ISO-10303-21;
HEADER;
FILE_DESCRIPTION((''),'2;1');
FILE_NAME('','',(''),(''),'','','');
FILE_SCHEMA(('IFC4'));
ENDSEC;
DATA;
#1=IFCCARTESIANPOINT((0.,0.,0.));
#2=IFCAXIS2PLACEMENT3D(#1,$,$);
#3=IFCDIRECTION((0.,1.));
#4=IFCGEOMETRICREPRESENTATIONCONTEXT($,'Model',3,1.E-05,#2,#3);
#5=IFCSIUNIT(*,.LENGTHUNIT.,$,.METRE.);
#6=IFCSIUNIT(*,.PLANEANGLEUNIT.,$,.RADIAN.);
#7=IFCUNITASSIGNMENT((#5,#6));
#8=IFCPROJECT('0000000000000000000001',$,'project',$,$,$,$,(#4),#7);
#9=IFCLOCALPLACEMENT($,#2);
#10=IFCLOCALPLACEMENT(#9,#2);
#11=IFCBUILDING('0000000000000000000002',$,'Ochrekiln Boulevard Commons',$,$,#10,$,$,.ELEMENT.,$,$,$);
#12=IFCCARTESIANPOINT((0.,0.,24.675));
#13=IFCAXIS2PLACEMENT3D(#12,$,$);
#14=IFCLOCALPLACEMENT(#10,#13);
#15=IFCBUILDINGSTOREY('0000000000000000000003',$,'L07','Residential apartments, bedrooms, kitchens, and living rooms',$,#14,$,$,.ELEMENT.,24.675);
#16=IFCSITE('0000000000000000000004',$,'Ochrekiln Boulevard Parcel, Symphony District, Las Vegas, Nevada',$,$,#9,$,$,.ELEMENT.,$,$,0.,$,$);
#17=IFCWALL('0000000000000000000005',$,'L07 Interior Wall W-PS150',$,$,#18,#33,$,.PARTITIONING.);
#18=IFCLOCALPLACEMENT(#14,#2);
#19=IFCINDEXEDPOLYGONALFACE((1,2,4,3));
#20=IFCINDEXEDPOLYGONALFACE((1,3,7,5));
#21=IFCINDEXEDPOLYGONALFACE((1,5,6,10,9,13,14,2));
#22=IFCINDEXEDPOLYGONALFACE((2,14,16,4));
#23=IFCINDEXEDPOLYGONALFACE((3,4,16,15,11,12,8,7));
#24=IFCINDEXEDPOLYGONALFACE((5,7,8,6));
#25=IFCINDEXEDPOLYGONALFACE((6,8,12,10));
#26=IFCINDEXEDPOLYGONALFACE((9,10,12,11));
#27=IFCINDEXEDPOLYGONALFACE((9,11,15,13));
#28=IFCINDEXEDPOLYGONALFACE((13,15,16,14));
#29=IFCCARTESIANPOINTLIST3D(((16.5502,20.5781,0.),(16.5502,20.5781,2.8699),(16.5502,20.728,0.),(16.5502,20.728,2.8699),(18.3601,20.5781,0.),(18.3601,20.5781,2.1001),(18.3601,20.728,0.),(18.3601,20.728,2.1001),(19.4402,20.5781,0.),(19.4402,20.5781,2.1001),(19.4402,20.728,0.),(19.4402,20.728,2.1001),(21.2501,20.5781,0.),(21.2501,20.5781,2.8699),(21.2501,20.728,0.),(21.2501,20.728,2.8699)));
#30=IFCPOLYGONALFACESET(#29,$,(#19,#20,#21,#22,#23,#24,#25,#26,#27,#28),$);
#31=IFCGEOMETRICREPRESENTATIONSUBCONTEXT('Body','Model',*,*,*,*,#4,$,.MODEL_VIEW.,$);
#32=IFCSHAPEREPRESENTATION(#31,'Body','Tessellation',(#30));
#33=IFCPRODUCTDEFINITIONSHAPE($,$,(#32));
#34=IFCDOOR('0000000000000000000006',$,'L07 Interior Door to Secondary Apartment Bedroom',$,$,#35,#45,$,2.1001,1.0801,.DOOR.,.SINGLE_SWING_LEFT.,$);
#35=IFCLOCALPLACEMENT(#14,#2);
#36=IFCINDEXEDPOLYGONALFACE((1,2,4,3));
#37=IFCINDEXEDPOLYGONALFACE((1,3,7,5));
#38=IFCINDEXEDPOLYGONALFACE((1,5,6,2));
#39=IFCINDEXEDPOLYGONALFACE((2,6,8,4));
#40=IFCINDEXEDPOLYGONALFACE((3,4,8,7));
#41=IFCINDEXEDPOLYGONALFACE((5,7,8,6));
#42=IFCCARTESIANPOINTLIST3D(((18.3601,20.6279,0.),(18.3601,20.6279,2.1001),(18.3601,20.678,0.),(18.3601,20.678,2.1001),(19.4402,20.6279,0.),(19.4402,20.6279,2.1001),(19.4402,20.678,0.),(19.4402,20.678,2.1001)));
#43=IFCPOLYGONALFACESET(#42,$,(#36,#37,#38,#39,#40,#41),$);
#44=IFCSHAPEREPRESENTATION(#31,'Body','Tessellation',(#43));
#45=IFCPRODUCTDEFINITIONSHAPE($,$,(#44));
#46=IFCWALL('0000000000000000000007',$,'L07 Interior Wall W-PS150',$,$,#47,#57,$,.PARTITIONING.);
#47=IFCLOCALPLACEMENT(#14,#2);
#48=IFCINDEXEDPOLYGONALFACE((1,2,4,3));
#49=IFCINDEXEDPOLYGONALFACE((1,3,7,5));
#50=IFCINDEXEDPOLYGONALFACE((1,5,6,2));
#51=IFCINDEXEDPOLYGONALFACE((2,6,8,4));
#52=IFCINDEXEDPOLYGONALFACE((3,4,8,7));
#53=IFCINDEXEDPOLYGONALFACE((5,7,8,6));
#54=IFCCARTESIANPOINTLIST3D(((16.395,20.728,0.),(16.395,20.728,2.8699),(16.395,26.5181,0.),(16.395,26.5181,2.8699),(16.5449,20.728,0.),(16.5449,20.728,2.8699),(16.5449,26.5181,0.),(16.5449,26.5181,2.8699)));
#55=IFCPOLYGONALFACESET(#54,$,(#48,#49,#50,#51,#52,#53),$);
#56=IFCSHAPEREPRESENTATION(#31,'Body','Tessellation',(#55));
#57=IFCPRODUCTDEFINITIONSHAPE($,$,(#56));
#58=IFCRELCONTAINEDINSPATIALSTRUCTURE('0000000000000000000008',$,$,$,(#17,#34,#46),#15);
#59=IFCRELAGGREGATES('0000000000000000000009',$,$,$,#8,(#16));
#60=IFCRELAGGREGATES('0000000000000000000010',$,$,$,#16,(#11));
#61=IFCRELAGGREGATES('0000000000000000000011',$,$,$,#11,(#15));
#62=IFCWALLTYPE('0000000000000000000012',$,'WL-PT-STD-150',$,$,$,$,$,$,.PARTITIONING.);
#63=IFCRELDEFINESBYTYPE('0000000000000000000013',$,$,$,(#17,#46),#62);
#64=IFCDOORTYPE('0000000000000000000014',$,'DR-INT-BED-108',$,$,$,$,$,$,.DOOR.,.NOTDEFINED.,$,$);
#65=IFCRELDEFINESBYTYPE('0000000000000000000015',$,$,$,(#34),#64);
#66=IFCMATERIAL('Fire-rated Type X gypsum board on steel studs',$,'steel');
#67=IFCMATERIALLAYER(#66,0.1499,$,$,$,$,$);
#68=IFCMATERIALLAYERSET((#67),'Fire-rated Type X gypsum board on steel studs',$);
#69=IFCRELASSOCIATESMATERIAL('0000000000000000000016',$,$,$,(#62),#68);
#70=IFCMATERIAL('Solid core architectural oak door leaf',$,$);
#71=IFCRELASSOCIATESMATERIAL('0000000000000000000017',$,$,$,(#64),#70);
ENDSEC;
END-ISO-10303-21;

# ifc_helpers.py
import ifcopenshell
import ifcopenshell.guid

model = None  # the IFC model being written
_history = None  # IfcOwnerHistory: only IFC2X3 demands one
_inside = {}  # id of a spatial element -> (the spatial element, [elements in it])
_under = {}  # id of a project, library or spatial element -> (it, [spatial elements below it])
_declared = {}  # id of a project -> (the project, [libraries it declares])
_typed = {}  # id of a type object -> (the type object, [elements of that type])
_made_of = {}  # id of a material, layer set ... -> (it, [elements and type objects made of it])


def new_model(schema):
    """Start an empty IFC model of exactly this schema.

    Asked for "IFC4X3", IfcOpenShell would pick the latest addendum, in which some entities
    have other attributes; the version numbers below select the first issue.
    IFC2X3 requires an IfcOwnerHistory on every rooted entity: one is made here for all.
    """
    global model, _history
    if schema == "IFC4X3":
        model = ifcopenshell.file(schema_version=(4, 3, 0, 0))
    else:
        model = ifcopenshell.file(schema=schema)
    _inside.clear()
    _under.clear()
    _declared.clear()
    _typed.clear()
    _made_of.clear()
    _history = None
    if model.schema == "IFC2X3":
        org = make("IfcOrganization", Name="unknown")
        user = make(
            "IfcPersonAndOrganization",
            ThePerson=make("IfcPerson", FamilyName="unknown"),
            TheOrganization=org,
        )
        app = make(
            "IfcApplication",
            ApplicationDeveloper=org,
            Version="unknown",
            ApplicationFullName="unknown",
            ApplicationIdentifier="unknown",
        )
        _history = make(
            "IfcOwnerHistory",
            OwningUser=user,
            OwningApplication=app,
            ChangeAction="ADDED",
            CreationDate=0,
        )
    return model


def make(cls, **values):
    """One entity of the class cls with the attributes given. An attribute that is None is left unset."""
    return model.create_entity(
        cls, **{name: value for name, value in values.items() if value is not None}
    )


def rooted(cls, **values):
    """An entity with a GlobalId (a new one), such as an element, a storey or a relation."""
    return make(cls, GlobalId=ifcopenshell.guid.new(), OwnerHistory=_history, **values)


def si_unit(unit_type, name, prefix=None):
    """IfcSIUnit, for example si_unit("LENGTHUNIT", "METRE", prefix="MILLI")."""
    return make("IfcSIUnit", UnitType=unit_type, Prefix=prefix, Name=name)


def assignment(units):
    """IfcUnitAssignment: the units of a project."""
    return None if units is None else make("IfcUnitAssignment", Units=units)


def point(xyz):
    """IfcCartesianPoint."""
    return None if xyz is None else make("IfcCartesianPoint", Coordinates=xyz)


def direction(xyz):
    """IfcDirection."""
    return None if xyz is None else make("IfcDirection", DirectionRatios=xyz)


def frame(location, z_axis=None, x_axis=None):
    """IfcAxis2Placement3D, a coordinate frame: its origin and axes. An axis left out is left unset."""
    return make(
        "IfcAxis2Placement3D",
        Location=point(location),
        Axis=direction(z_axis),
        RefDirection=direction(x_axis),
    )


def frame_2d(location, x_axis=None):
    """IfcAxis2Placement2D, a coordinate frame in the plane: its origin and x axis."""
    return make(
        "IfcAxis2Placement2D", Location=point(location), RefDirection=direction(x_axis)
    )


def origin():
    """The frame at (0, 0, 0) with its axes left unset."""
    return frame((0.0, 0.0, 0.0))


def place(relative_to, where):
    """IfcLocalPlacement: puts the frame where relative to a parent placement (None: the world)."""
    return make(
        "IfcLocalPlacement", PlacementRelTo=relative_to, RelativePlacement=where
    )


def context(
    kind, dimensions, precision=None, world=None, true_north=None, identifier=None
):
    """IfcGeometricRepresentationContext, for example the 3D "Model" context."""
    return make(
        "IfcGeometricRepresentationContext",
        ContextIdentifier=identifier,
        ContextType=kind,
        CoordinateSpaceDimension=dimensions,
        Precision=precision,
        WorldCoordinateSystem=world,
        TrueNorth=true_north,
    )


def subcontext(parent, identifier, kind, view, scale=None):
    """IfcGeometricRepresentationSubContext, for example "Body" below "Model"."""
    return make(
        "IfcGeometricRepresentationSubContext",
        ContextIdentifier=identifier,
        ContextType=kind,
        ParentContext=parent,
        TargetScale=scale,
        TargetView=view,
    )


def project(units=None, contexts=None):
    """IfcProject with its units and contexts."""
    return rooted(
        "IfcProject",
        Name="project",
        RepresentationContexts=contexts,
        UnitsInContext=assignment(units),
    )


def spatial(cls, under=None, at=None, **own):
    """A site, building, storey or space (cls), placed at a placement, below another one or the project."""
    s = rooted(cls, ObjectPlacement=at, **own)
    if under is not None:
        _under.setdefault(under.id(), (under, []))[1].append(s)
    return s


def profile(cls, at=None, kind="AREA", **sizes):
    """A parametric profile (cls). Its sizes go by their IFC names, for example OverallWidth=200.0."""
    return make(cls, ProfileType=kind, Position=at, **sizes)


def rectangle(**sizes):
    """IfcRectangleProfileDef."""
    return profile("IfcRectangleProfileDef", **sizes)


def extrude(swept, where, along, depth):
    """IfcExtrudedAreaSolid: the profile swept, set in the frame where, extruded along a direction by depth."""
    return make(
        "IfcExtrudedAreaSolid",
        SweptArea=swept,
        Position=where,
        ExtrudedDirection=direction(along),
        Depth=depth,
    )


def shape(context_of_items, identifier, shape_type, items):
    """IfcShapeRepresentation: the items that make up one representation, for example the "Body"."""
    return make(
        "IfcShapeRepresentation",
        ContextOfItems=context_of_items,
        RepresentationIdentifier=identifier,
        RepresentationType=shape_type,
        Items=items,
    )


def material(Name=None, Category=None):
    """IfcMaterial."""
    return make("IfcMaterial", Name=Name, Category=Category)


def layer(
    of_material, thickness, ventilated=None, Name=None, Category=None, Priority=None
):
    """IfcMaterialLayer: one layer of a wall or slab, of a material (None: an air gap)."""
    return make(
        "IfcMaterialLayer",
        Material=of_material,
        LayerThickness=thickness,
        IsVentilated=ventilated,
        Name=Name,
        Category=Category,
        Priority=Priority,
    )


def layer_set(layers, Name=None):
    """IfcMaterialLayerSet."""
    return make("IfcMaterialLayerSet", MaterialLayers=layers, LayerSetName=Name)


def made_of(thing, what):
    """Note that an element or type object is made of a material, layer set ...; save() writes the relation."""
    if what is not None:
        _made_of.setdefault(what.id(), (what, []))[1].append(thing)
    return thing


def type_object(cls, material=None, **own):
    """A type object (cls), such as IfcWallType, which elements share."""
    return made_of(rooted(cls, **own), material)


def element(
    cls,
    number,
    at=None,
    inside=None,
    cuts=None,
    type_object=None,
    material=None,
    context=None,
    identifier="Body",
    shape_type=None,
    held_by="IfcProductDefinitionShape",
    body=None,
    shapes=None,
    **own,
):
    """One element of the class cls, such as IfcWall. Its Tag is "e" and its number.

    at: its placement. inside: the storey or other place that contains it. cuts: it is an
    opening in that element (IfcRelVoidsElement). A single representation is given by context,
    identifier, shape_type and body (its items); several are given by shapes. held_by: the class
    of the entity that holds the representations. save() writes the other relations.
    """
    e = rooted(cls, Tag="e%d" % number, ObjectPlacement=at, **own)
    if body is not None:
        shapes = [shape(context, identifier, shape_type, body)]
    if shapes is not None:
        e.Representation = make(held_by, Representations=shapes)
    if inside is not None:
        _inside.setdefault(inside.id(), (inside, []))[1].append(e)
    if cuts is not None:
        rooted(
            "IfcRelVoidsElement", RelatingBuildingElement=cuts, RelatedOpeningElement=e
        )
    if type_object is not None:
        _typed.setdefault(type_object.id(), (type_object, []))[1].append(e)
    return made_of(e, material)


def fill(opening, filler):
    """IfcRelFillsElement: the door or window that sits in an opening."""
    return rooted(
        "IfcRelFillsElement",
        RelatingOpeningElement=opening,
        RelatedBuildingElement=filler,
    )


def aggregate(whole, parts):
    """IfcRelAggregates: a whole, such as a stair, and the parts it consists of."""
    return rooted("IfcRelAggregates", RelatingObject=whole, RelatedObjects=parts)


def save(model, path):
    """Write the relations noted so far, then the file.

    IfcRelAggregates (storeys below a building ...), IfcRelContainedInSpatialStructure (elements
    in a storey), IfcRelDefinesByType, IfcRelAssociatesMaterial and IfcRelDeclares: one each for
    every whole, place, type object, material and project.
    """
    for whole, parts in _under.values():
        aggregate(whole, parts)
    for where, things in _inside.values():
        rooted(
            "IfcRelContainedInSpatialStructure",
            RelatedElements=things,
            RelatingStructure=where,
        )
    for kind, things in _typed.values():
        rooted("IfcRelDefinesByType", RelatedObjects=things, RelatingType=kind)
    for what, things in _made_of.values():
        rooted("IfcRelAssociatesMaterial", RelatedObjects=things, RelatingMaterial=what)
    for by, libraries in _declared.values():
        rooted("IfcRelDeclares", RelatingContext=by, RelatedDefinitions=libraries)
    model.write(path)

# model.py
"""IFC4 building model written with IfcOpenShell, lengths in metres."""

from ifc_helpers import new_model, si_unit, direction, frame, frame_2d, origin, place, context, subcontext, project, spatial, rectangle, extrude, material, layer, layer_set, type_object, element, fill, save


model = new_model("IFC4")

# Units and contexts
model_context = context("Model", 3, precision=1e-05, world=origin(), true_north=direction((0.0, 1.0)))
body_context = subcontext(model_context, "Body", "Model", "MODEL_VIEW")
ifc_project = project(units=[si_unit("LENGTHUNIT", "METRE"), si_unit("PLANEANGLEUNIT", "RADIAN")], contexts=[model_context])

# Site, building, storey
site_placement = place(None, origin())
site = spatial("IfcSite", under=ifc_project, at=site_placement, Name="Ochrekiln Boulevard Parcel, Symphony District, Las Vegas, Nevada", CompositionType="ELEMENT", RefElevation=0.0)
building_placement = place(site_placement, origin())
building = spatial("IfcBuilding", under=site, at=building_placement, Name="Ochrekiln Boulevard Commons", CompositionType="ELEMENT")
storey_placement = place(building_placement, frame((0.0, 0.0, 24.675)))
storey = spatial("IfcBuildingStorey", under=building, at=storey_placement, Name="L07", Description="Residential apartments, bedrooms, kitchens, and living rooms", CompositionType="ELEMENT", Elevation=24.675)

# Shared definitions
ifc_material_1 = material(Name="Fire-rated Type X gypsum board on steel studs", Category="steel")

# Shared definitions
ifc_material_2 = material(Name="Solid core architectural oak door leaf")

# Wall, opening, door
ifc_layer_1 = layer(ifc_material_1, 0.1499)
ifc_layer_set_1 = layer_set([ifc_layer_1], Name="Fire-rated Type X gypsum board on steel studs")
wall_type_1 = type_object("IfcWallType", Name="WL-PT-STD-150", PredefinedType="PARTITIONING", material=ifc_layer_set_1)
wall_1_placement = place(storey_placement, frame((16.55, 20.6531, 0.0), z_axis=(0.0, 0.0, 1.0), x_axis=(1.0, 0.0, 0.0)))
wall_1 = element("IfcWall", 1, at=wall_1_placement, inside=storey, type_object=wall_type_1, Name="L07 Interior Wall W-PS150", PredefinedType="PARTITIONING", context=body_context, shape_type="SweptSolid", body=[
    extrude(rectangle(XDim=4.7, YDim=0.1499, at=frame_2d((2.3501, 0.0))), origin(), (0.0, 0.0, 1.0), 2.8699),
])
opening_1_placement = place(wall_1_placement, frame((1.8101, 0.0, 0.0)))
opening_1 = element("IfcOpeningElement", 2, at=opening_1_placement, cuts=wall_1, PredefinedType="OPENING", context=body_context, shape_type="SweptSolid", body=[
    extrude(rectangle(XDim=1.0801, YDim=2.1001, at=frame_2d((0.54, 1.05))), frame((0.0, 0.085, 0.0), z_axis=(0.0, -1.0, 0.0), x_axis=(1.0, 0.0, 0.0)), (0.0, 0.0, 1.0), 0.1699),
])
door_type_1 = type_object("IfcDoorType", Name="DR-INT-BED-108", OperationType="NOTDEFINED", PredefinedType="DOOR", material=ifc_material_2)
door_1_placement = place(opening_1_placement, origin())
door_1 = element("IfcDoor", 3, at=door_1_placement, inside=storey, type_object=door_type_1, Name="L07 Interior Door to Secondary Apartment Bedroom", OperationType="SINGLE_SWING_LEFT", OverallHeight=2.1001, OverallWidth=1.0801, PredefinedType="DOOR", context=body_context, shape_type="SweptSolid", body=[
    extrude(rectangle(XDim=1.0801, YDim=2.1001, at=frame_2d((0.54, 1.05))), frame((0.0, 0.0249, 0.0), z_axis=(0.0, -1.0, 0.0), x_axis=(1.0, 0.0, 0.0)), (0.0, 0.0, 1.0), 0.05),
])
fill(opening_1, door_1)

# Wall
wall_2_placement = place(storey_placement, frame((16.47, 20.728, 0.0), z_axis=(0.0, 0.0, 1.0), x_axis=(0.0, 1.0, 0.0)))
element("IfcWall", 4, at=wall_2_placement, inside=storey, type_object=wall_type_1, Name="L07 Interior Wall W-PS150", PredefinedType="PARTITIONING", context=body_context, shape_type="SweptSolid", body=[
    extrude(rectangle(XDim=5.79, YDim=0.1499, at=frame_2d((2.895, 0.0))), origin(), (0.0, 0.0, 1.0), 2.8699),
])

save(model, "model.ifc")
